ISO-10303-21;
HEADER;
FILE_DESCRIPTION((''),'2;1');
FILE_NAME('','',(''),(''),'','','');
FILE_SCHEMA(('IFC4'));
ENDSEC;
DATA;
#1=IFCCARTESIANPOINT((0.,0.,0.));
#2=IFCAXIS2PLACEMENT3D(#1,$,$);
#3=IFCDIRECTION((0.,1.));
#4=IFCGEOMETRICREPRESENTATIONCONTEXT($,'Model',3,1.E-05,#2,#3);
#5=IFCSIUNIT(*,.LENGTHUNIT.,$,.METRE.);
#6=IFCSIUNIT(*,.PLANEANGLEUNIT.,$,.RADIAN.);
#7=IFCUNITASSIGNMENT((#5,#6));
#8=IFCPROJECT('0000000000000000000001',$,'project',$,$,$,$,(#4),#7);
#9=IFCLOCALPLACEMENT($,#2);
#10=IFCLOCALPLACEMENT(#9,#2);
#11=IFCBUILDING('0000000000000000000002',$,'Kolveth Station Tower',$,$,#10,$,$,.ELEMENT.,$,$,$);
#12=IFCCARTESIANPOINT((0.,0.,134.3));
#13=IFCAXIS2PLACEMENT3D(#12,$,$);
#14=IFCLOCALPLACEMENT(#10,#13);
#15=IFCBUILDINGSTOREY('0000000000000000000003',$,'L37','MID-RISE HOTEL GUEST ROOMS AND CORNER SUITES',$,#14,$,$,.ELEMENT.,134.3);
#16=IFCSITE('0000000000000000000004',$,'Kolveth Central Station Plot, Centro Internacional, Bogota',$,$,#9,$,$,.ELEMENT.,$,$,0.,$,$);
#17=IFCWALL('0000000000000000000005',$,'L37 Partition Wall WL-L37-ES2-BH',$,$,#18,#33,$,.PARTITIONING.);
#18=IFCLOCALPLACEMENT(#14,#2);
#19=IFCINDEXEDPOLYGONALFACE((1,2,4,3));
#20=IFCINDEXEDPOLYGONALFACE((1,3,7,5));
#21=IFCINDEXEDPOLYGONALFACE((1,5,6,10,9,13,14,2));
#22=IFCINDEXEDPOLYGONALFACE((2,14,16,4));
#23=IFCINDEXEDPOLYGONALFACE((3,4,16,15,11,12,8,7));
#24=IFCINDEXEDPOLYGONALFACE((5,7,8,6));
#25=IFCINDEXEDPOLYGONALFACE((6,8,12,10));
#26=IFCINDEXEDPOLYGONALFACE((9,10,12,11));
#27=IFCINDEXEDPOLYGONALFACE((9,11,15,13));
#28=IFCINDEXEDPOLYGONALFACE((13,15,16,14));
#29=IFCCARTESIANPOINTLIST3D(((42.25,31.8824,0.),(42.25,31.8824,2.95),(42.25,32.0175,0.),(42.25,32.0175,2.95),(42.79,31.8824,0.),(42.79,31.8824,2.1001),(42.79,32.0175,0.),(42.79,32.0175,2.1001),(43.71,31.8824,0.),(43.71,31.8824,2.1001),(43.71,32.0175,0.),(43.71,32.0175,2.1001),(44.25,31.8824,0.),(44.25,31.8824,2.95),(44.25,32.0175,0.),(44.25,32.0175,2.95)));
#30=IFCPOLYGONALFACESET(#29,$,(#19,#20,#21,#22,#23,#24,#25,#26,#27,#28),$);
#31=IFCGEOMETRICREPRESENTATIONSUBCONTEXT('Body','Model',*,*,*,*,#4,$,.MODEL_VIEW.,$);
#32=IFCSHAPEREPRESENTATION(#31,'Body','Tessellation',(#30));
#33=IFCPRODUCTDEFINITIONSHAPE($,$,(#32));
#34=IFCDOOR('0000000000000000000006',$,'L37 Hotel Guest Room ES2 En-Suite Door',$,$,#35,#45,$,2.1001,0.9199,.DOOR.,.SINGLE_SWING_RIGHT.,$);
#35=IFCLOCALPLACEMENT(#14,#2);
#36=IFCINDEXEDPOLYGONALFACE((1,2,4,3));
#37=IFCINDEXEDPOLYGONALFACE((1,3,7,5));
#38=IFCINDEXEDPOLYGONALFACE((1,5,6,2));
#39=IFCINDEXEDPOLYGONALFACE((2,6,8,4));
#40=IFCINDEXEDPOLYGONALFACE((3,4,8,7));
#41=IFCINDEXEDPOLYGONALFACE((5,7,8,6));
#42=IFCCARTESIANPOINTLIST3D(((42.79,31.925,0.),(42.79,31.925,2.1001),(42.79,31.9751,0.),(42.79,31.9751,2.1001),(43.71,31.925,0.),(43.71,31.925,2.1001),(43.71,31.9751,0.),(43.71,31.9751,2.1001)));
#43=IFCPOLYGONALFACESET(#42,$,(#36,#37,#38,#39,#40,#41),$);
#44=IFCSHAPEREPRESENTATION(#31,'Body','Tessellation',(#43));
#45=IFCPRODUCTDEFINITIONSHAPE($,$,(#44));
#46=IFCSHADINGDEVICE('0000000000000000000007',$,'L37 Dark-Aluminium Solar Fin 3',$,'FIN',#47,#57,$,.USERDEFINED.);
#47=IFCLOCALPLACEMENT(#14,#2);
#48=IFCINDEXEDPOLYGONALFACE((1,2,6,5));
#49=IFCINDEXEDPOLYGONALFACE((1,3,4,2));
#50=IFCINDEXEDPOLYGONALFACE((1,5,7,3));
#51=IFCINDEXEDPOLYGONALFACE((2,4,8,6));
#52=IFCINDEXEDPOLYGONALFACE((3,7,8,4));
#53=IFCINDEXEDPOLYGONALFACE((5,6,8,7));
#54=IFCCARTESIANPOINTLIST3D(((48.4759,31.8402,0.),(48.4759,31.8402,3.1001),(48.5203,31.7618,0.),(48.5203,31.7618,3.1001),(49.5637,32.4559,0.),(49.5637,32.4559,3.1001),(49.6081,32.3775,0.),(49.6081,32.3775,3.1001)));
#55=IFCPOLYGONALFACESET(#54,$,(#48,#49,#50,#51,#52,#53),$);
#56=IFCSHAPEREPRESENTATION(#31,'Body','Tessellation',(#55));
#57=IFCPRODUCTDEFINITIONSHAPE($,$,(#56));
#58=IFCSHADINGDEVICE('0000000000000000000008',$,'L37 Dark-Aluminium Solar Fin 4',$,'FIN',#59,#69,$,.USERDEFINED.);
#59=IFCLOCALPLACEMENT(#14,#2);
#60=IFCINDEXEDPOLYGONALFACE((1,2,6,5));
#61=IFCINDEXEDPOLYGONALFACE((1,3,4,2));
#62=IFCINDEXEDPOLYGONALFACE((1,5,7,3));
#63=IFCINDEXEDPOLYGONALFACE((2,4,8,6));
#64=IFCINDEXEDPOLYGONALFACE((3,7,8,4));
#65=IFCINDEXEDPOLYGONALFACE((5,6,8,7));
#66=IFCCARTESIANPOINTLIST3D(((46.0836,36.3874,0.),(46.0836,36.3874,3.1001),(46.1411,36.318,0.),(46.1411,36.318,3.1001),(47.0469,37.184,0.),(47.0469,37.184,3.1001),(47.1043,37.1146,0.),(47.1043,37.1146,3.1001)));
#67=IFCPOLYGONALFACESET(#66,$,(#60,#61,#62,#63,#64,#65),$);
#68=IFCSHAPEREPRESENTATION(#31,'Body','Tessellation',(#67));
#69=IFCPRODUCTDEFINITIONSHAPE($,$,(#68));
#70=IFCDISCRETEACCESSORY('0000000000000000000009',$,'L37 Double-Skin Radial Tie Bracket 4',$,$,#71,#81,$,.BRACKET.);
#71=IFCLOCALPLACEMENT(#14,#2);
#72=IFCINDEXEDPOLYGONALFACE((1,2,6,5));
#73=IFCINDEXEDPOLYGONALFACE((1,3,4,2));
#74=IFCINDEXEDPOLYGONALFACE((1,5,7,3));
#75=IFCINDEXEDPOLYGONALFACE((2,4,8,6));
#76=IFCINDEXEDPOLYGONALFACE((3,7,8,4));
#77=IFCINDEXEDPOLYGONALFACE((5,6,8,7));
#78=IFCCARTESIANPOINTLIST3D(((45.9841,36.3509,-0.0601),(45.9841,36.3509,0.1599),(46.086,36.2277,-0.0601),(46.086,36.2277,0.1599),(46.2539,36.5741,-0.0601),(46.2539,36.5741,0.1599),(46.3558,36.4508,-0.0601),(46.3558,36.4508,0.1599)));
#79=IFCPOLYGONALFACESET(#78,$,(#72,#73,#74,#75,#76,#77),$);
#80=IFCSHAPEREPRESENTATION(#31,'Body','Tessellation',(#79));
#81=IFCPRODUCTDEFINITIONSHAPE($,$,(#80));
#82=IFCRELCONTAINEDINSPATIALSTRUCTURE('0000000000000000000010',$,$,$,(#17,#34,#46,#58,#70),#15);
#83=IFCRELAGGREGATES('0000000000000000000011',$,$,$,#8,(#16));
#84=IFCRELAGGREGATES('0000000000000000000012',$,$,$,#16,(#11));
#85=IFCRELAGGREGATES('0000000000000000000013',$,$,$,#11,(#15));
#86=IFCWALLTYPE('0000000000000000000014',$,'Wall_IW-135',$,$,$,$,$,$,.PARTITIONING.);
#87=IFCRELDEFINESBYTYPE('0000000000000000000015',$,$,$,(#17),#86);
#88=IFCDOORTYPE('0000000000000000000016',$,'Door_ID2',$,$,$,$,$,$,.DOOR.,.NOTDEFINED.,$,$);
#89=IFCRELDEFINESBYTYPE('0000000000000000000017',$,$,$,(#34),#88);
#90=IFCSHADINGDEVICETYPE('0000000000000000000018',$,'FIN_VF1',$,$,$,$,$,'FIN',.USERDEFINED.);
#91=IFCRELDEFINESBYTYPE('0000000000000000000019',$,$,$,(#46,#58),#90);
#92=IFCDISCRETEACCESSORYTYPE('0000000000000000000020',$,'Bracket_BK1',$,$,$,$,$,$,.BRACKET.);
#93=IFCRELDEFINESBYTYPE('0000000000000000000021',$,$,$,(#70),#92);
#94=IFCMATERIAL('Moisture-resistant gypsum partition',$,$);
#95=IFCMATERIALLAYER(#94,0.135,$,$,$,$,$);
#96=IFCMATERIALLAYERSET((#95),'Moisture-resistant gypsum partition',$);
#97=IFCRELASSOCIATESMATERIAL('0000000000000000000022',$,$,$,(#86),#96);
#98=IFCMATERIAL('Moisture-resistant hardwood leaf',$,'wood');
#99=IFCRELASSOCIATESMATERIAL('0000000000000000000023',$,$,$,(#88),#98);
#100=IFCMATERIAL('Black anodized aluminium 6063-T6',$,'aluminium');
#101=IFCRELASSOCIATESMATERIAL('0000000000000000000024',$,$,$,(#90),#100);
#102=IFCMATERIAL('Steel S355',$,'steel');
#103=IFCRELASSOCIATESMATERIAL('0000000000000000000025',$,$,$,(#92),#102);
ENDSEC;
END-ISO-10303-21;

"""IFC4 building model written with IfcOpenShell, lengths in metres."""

from ifc_helpers import new_model, si_unit, direction, frame, frame_2d, origin, origin_2d, place, context, subcontext, project, spatial, rectangle, extrude, source, transform, mapped, material, layer, layer_set, type_object, element, fill, save


model = new_model("IFC4")

# Units and contexts
model_context = context("Model", 3, precision=1e-05, world=origin(), true_north=direction((0.0, 1.0)))
body_context = subcontext(model_context, "Body", "Model", "MODEL_VIEW")
ifc_project = project(units=[si_unit("LENGTHUNIT", "METRE"), si_unit("PLANEANGLEUNIT", "RADIAN")], contexts=[model_context])

# Site, building, storey
site_placement = place(None, origin())
site = spatial("IfcSite", under=ifc_project, at=site_placement, Name="Kolveth Central Station Plot, Centro Internacional, Bogota", CompositionType="ELEMENT", RefElevation=0.0)
building_placement = place(site_placement, origin())
building = spatial("IfcBuilding", under=site, at=building_placement, Name="Kolveth Station Tower", CompositionType="ELEMENT")
storey_placement = place(building_placement, frame((0.0, 0.0, 134.3)))
storey = spatial("IfcBuildingStorey", under=building, at=storey_placement, Name="L37", Description="MID-RISE HOTEL GUEST ROOMS AND CORNER SUITES", CompositionType="ELEMENT", Elevation=134.3)

# Shared definitions
ifc_material_1 = material(Name="Black anodized aluminium 6063-T6", Category="aluminium")

# Wall, opening, door
ifc_material_2 = material(Name="Moisture-resistant gypsum partition")
ifc_layer_1 = layer(ifc_material_2, 0.135)
ifc_layer_set_1 = layer_set([ifc_layer_1], Name="Moisture-resistant gypsum partition")
wall_type = type_object("IfcWallType", Name="Wall_IW-135", PredefinedType="PARTITIONING", material=ifc_layer_set_1)
wall_placement = place(storey_placement, frame((42.25, 31.95, 0.0), z_axis=(0.0, 0.0, 1.0), x_axis=(1.0, 0.0, 0.0)))
wall = element("IfcWall", 1, at=wall_placement, inside=storey, type_object=wall_type, Name="L37 Partition Wall WL-L37-ES2-BH", PredefinedType="PARTITIONING", context=body_context, shape_type="SweptSolid", body=[
    extrude(rectangle(XDim=2.0, YDim=0.135, at=frame_2d((1.0, 0.0))), origin(), (0.0, 0.0, 1.0), 2.95),
])
opening_placement = place(wall_placement, frame((0.54, 0.0, 0.0)))
opening = element("IfcOpeningElement", 2, at=opening_placement, cuts=wall, PredefinedType="OPENING", context=body_context, shape_type="SweptSolid", body=[
    extrude(rectangle(XDim=0.9199, YDim=2.1001, at=frame_2d((0.46, 1.05))), frame((0.0, 0.0774, 0.0), z_axis=(0.0, -1.0, 0.0), x_axis=(1.0, 0.0, 0.0)), (0.0, 0.0, 1.0), 0.155),
])
ifc_material_3 = material(Name="Moisture-resistant hardwood leaf", Category="wood")
door_type = type_object("IfcDoorType", Name="Door_ID2", OperationType="NOTDEFINED", PredefinedType="DOOR", material=ifc_material_3)
door_placement = place(opening_placement, frame((0.9199, 0.0, 0.0), z_axis=(0.0, 0.0, 1.0), x_axis=(-1.0, 0.0, 0.0)))
door = element("IfcDoor", 3, at=door_placement, inside=storey, type_object=door_type, Name="L37 Hotel Guest Room ES2 En-Suite Door", OperationType="SINGLE_SWING_RIGHT", OverallHeight=2.1001, OverallWidth=0.9199, PredefinedType="DOOR", context=body_context, shape_type="SweptSolid", body=[
    extrude(rectangle(XDim=0.9199, YDim=2.1001, at=frame_2d((0.46, 1.05))), frame((0.0, 0.0249, 0.0), z_axis=(0.0, -1.0, 0.0), x_axis=(1.0, 0.0, 0.0)), (0.0, 0.0, 1.0), 0.05),
])
fill(opening, door)

# Shading devices
shading_device_type = type_object("IfcShadingDeviceType", Name="FIN_VF1", ElementType="FIN", PredefinedType="USERDEFINED", material=ifc_material_1)
shared_shape_1 = source(origin(), body_context, "Body", "SweptSolid", [
    extrude(rectangle(XDim=1.25, YDim=0.0901, at=origin_2d()), origin(), (0.0, 0.0, 1.0), 3.1001),
])
for number, where, z_axis, x_axis, name in (
    (4, (49.042, 32.1089, 0.0), (0.0, 0.0, 1.0), (0.87027, 0.492575, 0.0), "L37 Dark-Aluminium Solar Fin 3"),
    (5, (46.594, 36.751, 0.0), (0.0, 0.0, 1.0), (0.770624, 0.63729, 0.0), "L37 Dark-Aluminium Solar Fin 4"),
):
    element("IfcShadingDevice", number, at=place(storey_placement, frame(where, z_axis=z_axis, x_axis=x_axis)), inside=storey, type_object=shading_device_type, Name=name, ObjectType="FIN", PredefinedType="USERDEFINED", context=body_context, shape_type="MappedRepresentation", body=[
        mapped(shared_shape_1, transform((0.0, 0.0, 0.0), x_axis=(1.0, 0.0, 0.0), y_axis=(0.0, 1.0, 0.0), z_axis=(0.0, 0.0, 1.0), scale=1.0)),
    ])

# Discrete accessory
ifc_material_4 = material(Name="Steel S355", Category="steel")
discrete_accessory_type = type_object("IfcDiscreteAccessoryType", Name="Bracket_BK1", PredefinedType="BRACKET", material=ifc_material_4)
shared_shape_2 = source(origin(), body_context, "Body", "SweptSolid", [
    extrude(rectangle(XDim=0.3501, YDim=0.1599, at=origin_2d()), origin(), (0.0, 0.0, 1.0), 0.22),
])
discrete_accessory_placement = place(storey_placement, frame((46.1699, 36.4009, -0.0601), z_axis=(0.0, 0.0, 1.0), x_axis=(0.770624, 0.63729, 0.0)))
element("IfcDiscreteAccessory", 6, at=discrete_accessory_placement, inside=storey, type_object=discrete_accessory_type, Name="L37 Double-Skin Radial Tie Bracket 4", PredefinedType="BRACKET", context=body_context, shape_type="MappedRepresentation", body=[
    mapped(shared_shape_2, transform((0.0, 0.0, 0.0), x_axis=(1.0, 0.0, 0.0), y_axis=(0.0, 1.0, 0.0), z_axis=(0.0, 0.0, 1.0), scale=1.0)),
])

save(model, "model.ifc")
